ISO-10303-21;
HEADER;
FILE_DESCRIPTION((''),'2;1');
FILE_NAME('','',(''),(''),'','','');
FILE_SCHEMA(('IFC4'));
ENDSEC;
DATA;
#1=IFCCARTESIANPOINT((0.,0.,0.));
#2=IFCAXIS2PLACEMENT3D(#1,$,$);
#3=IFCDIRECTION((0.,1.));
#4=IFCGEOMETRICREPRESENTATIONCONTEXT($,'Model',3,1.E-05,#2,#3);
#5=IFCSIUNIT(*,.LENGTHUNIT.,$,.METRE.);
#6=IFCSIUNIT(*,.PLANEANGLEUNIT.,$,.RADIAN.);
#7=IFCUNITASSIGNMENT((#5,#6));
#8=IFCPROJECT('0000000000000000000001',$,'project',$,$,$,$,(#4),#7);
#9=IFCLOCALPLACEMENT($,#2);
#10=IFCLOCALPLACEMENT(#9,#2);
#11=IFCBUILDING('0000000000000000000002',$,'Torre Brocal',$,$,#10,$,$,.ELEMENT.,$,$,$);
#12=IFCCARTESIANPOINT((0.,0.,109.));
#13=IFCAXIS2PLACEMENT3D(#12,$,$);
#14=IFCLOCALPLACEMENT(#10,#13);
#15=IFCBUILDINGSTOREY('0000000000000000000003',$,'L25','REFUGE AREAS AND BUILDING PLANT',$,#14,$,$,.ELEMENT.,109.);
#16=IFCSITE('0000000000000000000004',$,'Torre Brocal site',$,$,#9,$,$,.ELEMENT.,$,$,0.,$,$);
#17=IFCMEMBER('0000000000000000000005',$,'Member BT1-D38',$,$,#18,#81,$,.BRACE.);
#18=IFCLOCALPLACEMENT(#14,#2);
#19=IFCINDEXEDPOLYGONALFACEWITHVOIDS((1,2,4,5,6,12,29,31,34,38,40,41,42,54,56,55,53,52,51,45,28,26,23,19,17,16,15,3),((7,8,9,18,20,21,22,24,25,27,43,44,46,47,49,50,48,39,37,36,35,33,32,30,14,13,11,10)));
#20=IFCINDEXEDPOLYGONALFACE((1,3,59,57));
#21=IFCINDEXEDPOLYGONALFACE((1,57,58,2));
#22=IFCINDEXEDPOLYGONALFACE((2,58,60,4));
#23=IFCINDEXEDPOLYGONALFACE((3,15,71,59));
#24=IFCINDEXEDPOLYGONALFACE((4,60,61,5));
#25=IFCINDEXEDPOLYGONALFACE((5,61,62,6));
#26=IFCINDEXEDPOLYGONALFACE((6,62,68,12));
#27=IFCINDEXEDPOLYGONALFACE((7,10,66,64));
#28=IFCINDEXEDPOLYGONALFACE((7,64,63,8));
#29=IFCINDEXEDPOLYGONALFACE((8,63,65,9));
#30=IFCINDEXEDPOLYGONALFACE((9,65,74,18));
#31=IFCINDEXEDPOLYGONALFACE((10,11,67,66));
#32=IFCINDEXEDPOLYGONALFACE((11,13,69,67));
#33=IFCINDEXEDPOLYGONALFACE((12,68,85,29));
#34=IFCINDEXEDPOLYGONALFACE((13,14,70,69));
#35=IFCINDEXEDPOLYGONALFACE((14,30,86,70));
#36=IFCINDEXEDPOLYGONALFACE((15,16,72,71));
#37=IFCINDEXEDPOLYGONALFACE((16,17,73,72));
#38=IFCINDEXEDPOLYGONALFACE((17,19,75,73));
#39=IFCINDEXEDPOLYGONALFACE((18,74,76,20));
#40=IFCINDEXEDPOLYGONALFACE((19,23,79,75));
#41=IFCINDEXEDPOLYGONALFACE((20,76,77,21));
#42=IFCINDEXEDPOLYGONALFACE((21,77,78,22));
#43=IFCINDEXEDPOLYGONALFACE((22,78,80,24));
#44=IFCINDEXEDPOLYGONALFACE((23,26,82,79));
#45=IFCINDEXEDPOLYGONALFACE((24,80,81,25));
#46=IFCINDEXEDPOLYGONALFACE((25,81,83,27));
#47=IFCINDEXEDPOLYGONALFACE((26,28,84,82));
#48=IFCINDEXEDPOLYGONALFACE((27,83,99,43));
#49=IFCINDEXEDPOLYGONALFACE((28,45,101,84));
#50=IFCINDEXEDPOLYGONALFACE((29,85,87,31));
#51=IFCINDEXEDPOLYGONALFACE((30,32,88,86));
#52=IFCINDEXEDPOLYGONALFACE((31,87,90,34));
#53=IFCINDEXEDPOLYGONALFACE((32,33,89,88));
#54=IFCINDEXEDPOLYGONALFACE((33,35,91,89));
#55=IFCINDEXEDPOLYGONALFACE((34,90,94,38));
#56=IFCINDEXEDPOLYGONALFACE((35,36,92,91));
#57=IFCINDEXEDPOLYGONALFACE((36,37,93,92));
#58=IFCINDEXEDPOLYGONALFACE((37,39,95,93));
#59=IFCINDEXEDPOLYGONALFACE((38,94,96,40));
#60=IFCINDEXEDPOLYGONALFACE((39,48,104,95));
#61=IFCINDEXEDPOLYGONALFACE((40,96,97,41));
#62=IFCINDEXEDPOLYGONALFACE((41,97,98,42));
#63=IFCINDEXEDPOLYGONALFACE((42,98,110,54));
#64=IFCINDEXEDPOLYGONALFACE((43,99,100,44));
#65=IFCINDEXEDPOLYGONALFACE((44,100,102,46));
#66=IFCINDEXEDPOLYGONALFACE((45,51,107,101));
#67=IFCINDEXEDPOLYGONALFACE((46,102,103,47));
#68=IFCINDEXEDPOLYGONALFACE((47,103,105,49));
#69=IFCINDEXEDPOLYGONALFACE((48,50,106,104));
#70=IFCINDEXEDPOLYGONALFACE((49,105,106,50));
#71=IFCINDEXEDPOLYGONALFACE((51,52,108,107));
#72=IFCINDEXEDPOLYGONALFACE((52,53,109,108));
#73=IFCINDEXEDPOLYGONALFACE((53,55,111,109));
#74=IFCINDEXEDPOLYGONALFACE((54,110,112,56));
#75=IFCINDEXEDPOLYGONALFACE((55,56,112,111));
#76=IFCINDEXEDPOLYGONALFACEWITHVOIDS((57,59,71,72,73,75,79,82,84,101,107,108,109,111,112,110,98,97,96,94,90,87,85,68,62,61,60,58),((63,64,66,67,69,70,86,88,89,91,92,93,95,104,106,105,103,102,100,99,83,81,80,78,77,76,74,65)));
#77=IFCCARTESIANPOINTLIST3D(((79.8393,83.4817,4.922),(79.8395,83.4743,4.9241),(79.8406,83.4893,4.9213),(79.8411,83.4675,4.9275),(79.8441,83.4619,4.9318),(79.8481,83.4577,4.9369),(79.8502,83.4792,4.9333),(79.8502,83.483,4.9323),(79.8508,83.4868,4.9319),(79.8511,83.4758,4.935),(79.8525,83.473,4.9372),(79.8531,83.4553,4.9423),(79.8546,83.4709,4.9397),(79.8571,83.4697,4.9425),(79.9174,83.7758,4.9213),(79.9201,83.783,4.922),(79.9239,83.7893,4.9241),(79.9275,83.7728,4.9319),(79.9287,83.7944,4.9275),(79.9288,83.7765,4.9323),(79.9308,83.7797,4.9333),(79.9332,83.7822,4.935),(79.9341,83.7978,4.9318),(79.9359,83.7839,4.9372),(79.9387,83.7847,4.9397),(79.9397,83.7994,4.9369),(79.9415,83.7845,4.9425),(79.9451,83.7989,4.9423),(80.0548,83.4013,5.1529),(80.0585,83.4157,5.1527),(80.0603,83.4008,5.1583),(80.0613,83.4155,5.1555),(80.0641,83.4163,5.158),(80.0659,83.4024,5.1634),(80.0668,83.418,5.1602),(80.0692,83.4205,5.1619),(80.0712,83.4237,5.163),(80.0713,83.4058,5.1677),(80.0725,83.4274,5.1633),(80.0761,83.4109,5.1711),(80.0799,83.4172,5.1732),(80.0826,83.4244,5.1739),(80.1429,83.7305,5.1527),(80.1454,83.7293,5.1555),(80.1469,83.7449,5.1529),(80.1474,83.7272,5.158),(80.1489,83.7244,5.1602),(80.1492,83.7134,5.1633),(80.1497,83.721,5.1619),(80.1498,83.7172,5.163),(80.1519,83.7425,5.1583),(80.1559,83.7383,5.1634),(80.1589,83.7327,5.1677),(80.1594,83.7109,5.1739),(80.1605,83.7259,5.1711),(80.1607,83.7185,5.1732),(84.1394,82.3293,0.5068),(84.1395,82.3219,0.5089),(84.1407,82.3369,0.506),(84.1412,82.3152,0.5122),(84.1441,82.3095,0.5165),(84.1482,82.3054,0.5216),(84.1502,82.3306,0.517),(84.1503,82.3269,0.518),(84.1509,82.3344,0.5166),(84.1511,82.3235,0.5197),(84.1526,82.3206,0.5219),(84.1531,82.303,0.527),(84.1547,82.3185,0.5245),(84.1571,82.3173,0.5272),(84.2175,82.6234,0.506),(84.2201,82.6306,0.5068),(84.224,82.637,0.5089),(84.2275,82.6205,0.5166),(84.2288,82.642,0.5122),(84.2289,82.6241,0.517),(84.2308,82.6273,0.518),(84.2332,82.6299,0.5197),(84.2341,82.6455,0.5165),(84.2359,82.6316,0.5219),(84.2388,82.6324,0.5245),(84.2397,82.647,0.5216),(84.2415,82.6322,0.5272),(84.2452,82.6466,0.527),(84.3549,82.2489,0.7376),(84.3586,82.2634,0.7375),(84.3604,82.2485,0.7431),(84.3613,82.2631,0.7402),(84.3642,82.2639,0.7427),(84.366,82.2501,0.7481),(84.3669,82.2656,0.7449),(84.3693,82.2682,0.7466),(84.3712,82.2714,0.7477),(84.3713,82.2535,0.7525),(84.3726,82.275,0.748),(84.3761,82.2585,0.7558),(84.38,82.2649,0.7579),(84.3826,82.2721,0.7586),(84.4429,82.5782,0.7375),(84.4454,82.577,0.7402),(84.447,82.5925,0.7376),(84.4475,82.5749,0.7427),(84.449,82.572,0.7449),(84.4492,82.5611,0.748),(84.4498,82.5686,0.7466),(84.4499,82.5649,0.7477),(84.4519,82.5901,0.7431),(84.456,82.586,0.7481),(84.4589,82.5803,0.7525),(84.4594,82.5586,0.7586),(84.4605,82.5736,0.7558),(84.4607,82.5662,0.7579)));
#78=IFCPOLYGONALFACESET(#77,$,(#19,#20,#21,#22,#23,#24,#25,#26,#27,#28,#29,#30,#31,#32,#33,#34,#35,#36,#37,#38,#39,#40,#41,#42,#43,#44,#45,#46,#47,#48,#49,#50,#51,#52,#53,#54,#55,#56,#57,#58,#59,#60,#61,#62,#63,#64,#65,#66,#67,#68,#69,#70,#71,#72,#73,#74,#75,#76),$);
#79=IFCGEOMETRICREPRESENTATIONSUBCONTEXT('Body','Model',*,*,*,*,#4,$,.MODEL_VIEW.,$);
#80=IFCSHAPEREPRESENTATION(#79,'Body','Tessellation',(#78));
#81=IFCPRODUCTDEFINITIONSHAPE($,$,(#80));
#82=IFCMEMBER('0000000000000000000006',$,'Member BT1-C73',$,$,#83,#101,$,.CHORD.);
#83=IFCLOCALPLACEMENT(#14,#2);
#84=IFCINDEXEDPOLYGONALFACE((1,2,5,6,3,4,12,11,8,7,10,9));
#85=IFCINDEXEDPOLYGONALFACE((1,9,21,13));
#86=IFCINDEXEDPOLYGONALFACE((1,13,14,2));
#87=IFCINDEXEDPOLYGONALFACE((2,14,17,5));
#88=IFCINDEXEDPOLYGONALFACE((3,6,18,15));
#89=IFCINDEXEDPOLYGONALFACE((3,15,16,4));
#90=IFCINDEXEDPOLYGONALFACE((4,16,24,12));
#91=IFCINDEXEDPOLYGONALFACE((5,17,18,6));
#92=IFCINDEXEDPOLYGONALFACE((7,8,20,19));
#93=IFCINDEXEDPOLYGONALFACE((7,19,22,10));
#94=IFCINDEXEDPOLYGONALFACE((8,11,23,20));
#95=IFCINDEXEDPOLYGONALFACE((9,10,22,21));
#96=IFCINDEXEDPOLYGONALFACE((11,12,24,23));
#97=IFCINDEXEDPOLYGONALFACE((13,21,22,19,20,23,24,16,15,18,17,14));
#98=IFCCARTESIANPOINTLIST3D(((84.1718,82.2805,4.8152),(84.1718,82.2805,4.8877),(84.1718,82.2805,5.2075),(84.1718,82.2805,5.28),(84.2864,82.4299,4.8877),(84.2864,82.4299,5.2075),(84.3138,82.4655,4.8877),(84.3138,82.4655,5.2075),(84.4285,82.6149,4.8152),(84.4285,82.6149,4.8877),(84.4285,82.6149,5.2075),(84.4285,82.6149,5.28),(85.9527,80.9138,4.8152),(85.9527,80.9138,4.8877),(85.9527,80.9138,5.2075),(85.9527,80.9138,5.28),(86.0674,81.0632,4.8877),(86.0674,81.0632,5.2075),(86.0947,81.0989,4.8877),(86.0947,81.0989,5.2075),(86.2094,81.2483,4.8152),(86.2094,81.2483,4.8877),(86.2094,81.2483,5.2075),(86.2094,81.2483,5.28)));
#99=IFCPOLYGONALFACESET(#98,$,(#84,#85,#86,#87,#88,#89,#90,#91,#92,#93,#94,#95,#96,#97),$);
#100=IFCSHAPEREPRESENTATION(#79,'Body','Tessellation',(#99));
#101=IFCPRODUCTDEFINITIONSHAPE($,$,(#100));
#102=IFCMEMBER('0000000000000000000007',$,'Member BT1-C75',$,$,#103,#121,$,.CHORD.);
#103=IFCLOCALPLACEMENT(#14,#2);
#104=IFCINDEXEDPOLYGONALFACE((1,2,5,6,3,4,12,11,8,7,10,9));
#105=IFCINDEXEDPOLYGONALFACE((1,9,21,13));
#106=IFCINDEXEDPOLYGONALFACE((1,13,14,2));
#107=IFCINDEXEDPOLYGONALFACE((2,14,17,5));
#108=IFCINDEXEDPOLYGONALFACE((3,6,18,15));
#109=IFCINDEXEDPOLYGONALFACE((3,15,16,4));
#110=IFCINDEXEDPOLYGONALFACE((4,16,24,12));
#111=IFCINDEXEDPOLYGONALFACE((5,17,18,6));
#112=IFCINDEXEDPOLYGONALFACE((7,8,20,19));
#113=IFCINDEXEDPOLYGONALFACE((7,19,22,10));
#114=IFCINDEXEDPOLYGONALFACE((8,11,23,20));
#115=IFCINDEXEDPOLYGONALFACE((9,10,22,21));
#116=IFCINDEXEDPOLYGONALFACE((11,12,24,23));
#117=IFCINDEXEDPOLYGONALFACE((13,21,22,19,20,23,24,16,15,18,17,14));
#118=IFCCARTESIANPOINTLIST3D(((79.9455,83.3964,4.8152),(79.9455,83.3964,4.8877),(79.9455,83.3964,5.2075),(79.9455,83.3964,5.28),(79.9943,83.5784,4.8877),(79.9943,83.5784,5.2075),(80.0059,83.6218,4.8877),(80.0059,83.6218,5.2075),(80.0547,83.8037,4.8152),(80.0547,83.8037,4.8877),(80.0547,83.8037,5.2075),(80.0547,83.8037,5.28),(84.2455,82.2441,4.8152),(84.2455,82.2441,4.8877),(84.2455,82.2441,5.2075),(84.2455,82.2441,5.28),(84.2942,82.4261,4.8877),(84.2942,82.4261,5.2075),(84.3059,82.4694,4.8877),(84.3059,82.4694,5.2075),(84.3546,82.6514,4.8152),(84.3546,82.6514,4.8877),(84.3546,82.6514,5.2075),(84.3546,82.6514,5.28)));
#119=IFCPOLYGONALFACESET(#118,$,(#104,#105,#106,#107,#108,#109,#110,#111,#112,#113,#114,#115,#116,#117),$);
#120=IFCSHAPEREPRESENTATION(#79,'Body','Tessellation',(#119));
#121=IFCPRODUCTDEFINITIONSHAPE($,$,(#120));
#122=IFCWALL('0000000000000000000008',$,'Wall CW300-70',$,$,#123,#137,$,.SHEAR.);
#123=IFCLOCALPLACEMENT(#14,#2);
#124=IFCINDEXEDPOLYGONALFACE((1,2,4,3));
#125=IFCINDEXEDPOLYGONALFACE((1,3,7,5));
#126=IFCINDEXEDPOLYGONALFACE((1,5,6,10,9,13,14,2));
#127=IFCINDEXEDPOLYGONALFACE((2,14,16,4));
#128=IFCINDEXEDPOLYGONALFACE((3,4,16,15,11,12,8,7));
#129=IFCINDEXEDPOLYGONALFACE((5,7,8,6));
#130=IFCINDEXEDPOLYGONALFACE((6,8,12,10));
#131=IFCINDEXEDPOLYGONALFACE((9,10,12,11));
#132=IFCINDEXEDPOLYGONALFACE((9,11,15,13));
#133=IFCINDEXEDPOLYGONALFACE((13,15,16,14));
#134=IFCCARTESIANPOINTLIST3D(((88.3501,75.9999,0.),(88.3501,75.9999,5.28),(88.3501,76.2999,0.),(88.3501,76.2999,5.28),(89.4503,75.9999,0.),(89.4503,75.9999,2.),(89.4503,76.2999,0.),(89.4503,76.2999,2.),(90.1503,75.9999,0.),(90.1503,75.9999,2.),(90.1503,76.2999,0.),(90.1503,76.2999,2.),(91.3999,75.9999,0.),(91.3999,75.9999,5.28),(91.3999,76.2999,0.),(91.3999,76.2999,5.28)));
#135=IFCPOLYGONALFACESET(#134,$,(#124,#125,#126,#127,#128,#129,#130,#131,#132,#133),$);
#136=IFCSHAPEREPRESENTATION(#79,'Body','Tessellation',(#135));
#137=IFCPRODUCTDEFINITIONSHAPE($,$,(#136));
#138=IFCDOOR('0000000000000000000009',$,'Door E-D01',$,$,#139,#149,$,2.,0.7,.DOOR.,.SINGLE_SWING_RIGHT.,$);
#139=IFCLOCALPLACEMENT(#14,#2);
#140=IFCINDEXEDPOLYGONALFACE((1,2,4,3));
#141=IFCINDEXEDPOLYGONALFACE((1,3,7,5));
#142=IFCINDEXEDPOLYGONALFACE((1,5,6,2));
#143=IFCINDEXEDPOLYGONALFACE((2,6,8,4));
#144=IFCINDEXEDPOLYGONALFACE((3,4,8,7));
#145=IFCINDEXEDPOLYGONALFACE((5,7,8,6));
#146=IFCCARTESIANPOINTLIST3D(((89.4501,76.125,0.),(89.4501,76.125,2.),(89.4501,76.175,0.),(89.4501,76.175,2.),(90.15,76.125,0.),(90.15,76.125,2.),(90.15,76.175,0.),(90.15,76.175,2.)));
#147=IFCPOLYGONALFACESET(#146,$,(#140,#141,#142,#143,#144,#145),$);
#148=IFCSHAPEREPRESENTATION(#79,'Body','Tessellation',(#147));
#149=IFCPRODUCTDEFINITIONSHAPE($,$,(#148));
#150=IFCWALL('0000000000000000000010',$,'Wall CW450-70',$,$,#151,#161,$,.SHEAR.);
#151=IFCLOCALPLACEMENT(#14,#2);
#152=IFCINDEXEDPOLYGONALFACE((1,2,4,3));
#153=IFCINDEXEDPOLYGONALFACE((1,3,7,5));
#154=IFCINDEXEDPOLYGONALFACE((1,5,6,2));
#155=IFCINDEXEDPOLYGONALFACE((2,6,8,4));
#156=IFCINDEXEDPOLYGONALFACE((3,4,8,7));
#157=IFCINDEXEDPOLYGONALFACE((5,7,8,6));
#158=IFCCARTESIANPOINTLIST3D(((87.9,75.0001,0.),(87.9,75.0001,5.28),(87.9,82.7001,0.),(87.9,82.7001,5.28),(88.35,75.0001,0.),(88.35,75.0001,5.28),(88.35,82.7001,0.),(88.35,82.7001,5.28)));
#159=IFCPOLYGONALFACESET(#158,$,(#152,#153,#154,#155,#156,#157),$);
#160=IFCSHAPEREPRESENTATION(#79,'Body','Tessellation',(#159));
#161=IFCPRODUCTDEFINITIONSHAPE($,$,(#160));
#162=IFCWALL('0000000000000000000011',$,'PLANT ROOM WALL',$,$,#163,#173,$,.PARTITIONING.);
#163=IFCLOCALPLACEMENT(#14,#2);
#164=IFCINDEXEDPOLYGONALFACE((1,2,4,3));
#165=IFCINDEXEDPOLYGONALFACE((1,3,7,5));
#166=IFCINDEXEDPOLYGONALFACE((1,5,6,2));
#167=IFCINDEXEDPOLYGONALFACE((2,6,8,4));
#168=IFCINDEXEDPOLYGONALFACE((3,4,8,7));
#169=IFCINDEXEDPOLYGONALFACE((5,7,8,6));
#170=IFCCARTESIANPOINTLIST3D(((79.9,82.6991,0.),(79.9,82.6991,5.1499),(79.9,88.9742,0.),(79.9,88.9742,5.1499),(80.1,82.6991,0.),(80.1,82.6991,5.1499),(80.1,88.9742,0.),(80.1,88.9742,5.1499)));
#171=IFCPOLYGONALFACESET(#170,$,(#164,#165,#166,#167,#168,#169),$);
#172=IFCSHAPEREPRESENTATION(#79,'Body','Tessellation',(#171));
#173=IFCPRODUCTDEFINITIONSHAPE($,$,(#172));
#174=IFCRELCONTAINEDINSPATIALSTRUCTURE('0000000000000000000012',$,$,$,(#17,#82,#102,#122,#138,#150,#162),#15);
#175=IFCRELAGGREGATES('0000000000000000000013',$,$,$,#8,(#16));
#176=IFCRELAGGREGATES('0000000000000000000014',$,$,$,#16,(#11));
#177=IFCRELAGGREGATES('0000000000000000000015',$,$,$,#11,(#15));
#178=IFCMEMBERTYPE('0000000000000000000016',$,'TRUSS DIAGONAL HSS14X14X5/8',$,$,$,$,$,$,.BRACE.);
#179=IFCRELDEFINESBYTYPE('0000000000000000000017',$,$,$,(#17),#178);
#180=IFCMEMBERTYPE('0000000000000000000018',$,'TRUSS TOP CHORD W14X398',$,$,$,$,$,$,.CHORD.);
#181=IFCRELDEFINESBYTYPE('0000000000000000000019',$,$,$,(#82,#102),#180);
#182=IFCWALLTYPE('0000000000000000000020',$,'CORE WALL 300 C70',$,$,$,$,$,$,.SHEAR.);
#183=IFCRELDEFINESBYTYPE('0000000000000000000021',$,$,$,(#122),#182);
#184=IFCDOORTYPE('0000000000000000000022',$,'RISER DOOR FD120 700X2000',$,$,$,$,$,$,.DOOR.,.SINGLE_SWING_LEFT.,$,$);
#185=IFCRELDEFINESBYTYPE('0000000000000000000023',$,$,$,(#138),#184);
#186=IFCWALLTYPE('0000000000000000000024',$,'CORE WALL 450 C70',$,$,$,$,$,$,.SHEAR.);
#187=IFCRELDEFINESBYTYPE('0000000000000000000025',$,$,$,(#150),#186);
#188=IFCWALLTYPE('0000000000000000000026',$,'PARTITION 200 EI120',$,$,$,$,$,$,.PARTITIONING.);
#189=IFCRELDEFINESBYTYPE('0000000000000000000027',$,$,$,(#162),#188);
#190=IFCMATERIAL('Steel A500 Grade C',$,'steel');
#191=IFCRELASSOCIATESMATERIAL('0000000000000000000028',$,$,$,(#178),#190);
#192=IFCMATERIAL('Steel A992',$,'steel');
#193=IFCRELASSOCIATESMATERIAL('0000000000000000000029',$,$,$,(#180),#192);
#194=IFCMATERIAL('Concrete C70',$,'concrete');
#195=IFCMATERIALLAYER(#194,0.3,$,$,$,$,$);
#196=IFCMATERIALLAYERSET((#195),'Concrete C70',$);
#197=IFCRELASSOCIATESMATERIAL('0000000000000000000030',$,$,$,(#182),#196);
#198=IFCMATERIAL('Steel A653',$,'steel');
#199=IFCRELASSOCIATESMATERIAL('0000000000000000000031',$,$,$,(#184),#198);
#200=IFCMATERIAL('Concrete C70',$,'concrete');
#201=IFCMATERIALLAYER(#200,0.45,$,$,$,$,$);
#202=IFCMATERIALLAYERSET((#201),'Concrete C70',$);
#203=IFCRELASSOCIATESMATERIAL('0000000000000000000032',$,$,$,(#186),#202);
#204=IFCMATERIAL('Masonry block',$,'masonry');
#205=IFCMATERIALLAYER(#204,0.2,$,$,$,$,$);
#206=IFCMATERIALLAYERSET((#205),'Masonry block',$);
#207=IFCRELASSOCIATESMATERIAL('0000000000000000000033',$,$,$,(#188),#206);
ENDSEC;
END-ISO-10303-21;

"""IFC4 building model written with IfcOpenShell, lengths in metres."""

from ifc_helpers import new_model, si_unit, direction, frame, frame_2d, origin, origin_2d, place, context, subcontext, project, spatial, rectangle, hollow_rectangle, i_section, extrude, material, layer, layer_set, material_profile, profile_set, type_object, element, fill, save


model = new_model("IFC4")

# Units and contexts
model_context = context("Model", 3, precision=1e-05, world=origin(), true_north=direction((0.0, 1.0)))
body_context = subcontext(model_context, "Body", "Model", "MODEL_VIEW")
ifc_project = project(units=[si_unit("LENGTHUNIT", "METRE"), si_unit("PLANEANGLEUNIT", "RADIAN")], contexts=[model_context])

# Site, building, storey
site_placement = place(None, origin())
site = spatial("IfcSite", under=ifc_project, at=site_placement, Name="Torre Brocal site", CompositionType="ELEMENT", RefElevation=0.0)
building_placement = place(site_placement, origin())
building = spatial("IfcBuilding", under=site, at=building_placement, Name="Torre Brocal", CompositionType="ELEMENT")
storey_placement = place(building_placement, frame((0.0, 0.0, 109.0)))
storey = spatial("IfcBuildingStorey", under=building, at=storey_placement, Name="L25", Description="REFUGE AREAS AND BUILDING PLANT", CompositionType="ELEMENT", Elevation=109.0)

# Members
ifc_material_1 = material(Name="Steel A500 Grade C", Category="steel")
ifc_material_profile_1 = material_profile(ifc_material_1, hollow_rectangle(XDim=0.3557, YDim=0.3557, WallThickness=0.0149, InnerFilletRadius=0.0149, OuterFilletRadius=0.0295, at=origin_2d()), Name="HSS14X14X5/8")
ifc_profile_set_1 = profile_set([ifc_material_profile_1], Name="Steel A500 Grade C")
member_type_1 = type_object("IfcMemberType", Name="TRUSS DIAGONAL HSS14X14X5/8", PredefinedType="BRACE", material=ifc_profile_set_1)
member_1_placement = place(storey_placement, frame((84.3, 82.4478, 0.6323), z_axis=(-0.685812, 0.183787, 0.704191), x_axis=(-0.25885, -0.965917, 0.0)))
element("IfcMember", 1, at=member_1_placement, inside=storey, type_object=member_type_1, Name="Member BT1-D38", PredefinedType="BRACE", context=body_context, shape_type="SweptSolid", body=[
    extrude(hollow_rectangle(XDim=0.3557, YDim=0.3557, WallThickness=0.0149, InnerFilletRadius=0.0149, OuterFilletRadius=0.0295, at=origin_2d()), origin(), (0.0, 0.0, 1.0), 6.27),
])
ifc_material_2 = material(Name="Steel A992", Category="steel")
ifc_material_profile_2 = material_profile(ifc_material_2, i_section(OverallWidth=0.4216, OverallDepth=0.4648, WebThickness=0.0449, FlangeThickness=0.0725, at=origin_2d()), Name="W14X398")
ifc_profile_set_2 = profile_set([ifc_material_profile_2], Name="Steel A992")
member_type_2 = type_object("IfcMemberType", Name="TRUSS TOP CHORD W14X398", PredefinedType="CHORD", material=ifc_profile_set_2)
member_2_placement = place(storey_placement, frame((86.0811, 81.0811, 5.0476), z_axis=(-0.793335, 0.608785, 0.0), x_axis=(-0.608785, -0.793335, 0.0)))
element("IfcMember", 2, at=member_2_placement, inside=storey, type_object=member_type_2, Name="Member BT1-C73", PredefinedType="CHORD", context=body_context, shape_type="SweptSolid", body=[
    extrude(i_section(OverallWidth=0.4216, OverallDepth=0.4648, WebThickness=0.0449, FlangeThickness=0.0725, at=origin_2d()), origin(), (0.0, 0.0, 1.0), 2.2449),
])
member_3_placement = place(storey_placement, frame((84.3, 82.4478, 5.0476), z_axis=(-0.965917, 0.25885, 0.0), x_axis=(-0.25885, -0.965917, 0.0)))
element("IfcMember", 3, at=member_3_placement, inside=storey, type_object=member_type_2, Name="Member BT1-C75", PredefinedType="CHORD", context=body_context, shape_type="SweptSolid", body=[
    extrude(i_section(OverallWidth=0.4216, OverallDepth=0.4648, WebThickness=0.0449, FlangeThickness=0.0725, at=origin_2d()), origin(), (0.0, 0.0, 1.0), 4.4517),
])

# Wall, opening, door
ifc_material_3 = material(Name="Concrete C70", Category="concrete")
ifc_layer_1 = layer(ifc_material_3, 0.3)
ifc_layer_set_1 = layer_set([ifc_layer_1], Name="Concrete C70")
wall_type_1 = type_object("IfcWallType", Name="CORE WALL 300 C70", PredefinedType="SHEAR", material=ifc_layer_set_1)
wall_1_placement = place(storey_placement, frame((88.3501, 76.1499, 0.0), z_axis=(0.0, 0.0, 1.0), x_axis=(1.0, 0.0, 0.0)))
wall_1 = element("IfcWall", 4, at=wall_1_placement, inside=storey, type_object=wall_type_1, Name="Wall CW300-70", PredefinedType="SHEAR", context=body_context, shape_type="SweptSolid", body=[
    extrude(rectangle(XDim=3.0498, YDim=0.3, at=frame_2d((1.5249, 0.0))), origin(), (0.0, 0.0, 1.0), 5.28),
])
opening_1_placement = place(wall_1_placement, frame((1.1001, 0.0, 0.0)))
opening_1 = element("IfcOpeningElement", 5, at=opening_1_placement, cuts=wall_1, PredefinedType="OPENING", context=body_context, shape_type="SweptSolid", body=[
    extrude(rectangle(XDim=0.7, YDim=2.0, at=frame_2d((0.3501, 1.0))), frame((0.0, 0.1599, 0.0), z_axis=(0.0, -1.0, 0.0), x_axis=(1.0, 0.0, 0.0)), (0.0, 0.0, 1.0), 0.3201),
])
ifc_material_4 = material(Name="Steel A653", Category="steel")
door_type_1 = type_object("IfcDoorType", Name="RISER DOOR FD120 700X2000", OperationType="SINGLE_SWING_LEFT", PredefinedType="DOOR", material=ifc_material_4)
door_1_placement = place(opening_1_placement, frame((0.7, 0.0, 0.0), z_axis=(0.0, 0.0, 1.0), x_axis=(-1.0, 0.0, 0.0)))
door_1 = element("IfcDoor", 6, at=door_1_placement, inside=storey, type_object=door_type_1, Name="Door E-D01", OperationType="SINGLE_SWING_RIGHT", OverallHeight=2.0, OverallWidth=0.7, PredefinedType="DOOR", context=body_context, shape_type="SweptSolid", body=[
    extrude(rectangle(XDim=0.7, YDim=2.0, at=frame_2d((0.3501, 1.0))), frame((0.0, 0.0249, 0.0), z_axis=(0.0, -1.0, 0.0), x_axis=(1.0, 0.0, 0.0)), (0.0, 0.0, 1.0), 0.05),
])
fill(opening_1, door_1)

# Wall
ifc_material_5 = material(Name="Concrete C70", Category="concrete")
ifc_layer_2 = layer(ifc_material_5, 0.45)
ifc_layer_set_2 = layer_set([ifc_layer_2], Name="Concrete C70")
wall_type_2 = type_object("IfcWallType", Name="CORE WALL 450 C70", PredefinedType="SHEAR", material=ifc_layer_set_2)
wall_2_placement = place(storey_placement, frame((88.125, 75.0, 0.0), z_axis=(0.0, 0.0, 1.0), x_axis=(0.0, 1.0, 0.0)))
element("IfcWall", 7, at=wall_2_placement, inside=storey, type_object=wall_type_2, Name="Wall CW450-70", PredefinedType="SHEAR", context=body_context, shape_type="SweptSolid", body=[
    extrude(rectangle(XDim=7.7, YDim=0.45, at=frame_2d((3.8501, 0.0))), origin(), (0.0, 0.0, 1.0), 5.28),
])

# Wall
ifc_material_6 = material(Name="Masonry block", Category="masonry")
ifc_layer_3 = layer(ifc_material_6, 0.2)
ifc_layer_set_3 = layer_set([ifc_layer_3], Name="Masonry block")
wall_type_3 = type_object("IfcWallType", Name="PARTITION 200 EI120", PredefinedType="PARTITIONING", material=ifc_layer_set_3)
wall_3_placement = place(storey_placement, frame((80.0, 82.699, 0.0), z_axis=(0.0, 0.0, 1.0), x_axis=(0.0, 1.0, 0.0)))
element("IfcWall", 8, at=wall_3_placement, inside=storey, type_object=wall_type_3, Name="PLANT ROOM WALL", PredefinedType="PARTITIONING", context=body_context, shape_type="SweptSolid", body=[
    extrude(rectangle(XDim=6.2751, YDim=0.2, at=frame_2d((3.1377, 0.0))), origin(), (0.0, 0.0, 1.0), 5.1499),
])

save(model, "model.ifc")
